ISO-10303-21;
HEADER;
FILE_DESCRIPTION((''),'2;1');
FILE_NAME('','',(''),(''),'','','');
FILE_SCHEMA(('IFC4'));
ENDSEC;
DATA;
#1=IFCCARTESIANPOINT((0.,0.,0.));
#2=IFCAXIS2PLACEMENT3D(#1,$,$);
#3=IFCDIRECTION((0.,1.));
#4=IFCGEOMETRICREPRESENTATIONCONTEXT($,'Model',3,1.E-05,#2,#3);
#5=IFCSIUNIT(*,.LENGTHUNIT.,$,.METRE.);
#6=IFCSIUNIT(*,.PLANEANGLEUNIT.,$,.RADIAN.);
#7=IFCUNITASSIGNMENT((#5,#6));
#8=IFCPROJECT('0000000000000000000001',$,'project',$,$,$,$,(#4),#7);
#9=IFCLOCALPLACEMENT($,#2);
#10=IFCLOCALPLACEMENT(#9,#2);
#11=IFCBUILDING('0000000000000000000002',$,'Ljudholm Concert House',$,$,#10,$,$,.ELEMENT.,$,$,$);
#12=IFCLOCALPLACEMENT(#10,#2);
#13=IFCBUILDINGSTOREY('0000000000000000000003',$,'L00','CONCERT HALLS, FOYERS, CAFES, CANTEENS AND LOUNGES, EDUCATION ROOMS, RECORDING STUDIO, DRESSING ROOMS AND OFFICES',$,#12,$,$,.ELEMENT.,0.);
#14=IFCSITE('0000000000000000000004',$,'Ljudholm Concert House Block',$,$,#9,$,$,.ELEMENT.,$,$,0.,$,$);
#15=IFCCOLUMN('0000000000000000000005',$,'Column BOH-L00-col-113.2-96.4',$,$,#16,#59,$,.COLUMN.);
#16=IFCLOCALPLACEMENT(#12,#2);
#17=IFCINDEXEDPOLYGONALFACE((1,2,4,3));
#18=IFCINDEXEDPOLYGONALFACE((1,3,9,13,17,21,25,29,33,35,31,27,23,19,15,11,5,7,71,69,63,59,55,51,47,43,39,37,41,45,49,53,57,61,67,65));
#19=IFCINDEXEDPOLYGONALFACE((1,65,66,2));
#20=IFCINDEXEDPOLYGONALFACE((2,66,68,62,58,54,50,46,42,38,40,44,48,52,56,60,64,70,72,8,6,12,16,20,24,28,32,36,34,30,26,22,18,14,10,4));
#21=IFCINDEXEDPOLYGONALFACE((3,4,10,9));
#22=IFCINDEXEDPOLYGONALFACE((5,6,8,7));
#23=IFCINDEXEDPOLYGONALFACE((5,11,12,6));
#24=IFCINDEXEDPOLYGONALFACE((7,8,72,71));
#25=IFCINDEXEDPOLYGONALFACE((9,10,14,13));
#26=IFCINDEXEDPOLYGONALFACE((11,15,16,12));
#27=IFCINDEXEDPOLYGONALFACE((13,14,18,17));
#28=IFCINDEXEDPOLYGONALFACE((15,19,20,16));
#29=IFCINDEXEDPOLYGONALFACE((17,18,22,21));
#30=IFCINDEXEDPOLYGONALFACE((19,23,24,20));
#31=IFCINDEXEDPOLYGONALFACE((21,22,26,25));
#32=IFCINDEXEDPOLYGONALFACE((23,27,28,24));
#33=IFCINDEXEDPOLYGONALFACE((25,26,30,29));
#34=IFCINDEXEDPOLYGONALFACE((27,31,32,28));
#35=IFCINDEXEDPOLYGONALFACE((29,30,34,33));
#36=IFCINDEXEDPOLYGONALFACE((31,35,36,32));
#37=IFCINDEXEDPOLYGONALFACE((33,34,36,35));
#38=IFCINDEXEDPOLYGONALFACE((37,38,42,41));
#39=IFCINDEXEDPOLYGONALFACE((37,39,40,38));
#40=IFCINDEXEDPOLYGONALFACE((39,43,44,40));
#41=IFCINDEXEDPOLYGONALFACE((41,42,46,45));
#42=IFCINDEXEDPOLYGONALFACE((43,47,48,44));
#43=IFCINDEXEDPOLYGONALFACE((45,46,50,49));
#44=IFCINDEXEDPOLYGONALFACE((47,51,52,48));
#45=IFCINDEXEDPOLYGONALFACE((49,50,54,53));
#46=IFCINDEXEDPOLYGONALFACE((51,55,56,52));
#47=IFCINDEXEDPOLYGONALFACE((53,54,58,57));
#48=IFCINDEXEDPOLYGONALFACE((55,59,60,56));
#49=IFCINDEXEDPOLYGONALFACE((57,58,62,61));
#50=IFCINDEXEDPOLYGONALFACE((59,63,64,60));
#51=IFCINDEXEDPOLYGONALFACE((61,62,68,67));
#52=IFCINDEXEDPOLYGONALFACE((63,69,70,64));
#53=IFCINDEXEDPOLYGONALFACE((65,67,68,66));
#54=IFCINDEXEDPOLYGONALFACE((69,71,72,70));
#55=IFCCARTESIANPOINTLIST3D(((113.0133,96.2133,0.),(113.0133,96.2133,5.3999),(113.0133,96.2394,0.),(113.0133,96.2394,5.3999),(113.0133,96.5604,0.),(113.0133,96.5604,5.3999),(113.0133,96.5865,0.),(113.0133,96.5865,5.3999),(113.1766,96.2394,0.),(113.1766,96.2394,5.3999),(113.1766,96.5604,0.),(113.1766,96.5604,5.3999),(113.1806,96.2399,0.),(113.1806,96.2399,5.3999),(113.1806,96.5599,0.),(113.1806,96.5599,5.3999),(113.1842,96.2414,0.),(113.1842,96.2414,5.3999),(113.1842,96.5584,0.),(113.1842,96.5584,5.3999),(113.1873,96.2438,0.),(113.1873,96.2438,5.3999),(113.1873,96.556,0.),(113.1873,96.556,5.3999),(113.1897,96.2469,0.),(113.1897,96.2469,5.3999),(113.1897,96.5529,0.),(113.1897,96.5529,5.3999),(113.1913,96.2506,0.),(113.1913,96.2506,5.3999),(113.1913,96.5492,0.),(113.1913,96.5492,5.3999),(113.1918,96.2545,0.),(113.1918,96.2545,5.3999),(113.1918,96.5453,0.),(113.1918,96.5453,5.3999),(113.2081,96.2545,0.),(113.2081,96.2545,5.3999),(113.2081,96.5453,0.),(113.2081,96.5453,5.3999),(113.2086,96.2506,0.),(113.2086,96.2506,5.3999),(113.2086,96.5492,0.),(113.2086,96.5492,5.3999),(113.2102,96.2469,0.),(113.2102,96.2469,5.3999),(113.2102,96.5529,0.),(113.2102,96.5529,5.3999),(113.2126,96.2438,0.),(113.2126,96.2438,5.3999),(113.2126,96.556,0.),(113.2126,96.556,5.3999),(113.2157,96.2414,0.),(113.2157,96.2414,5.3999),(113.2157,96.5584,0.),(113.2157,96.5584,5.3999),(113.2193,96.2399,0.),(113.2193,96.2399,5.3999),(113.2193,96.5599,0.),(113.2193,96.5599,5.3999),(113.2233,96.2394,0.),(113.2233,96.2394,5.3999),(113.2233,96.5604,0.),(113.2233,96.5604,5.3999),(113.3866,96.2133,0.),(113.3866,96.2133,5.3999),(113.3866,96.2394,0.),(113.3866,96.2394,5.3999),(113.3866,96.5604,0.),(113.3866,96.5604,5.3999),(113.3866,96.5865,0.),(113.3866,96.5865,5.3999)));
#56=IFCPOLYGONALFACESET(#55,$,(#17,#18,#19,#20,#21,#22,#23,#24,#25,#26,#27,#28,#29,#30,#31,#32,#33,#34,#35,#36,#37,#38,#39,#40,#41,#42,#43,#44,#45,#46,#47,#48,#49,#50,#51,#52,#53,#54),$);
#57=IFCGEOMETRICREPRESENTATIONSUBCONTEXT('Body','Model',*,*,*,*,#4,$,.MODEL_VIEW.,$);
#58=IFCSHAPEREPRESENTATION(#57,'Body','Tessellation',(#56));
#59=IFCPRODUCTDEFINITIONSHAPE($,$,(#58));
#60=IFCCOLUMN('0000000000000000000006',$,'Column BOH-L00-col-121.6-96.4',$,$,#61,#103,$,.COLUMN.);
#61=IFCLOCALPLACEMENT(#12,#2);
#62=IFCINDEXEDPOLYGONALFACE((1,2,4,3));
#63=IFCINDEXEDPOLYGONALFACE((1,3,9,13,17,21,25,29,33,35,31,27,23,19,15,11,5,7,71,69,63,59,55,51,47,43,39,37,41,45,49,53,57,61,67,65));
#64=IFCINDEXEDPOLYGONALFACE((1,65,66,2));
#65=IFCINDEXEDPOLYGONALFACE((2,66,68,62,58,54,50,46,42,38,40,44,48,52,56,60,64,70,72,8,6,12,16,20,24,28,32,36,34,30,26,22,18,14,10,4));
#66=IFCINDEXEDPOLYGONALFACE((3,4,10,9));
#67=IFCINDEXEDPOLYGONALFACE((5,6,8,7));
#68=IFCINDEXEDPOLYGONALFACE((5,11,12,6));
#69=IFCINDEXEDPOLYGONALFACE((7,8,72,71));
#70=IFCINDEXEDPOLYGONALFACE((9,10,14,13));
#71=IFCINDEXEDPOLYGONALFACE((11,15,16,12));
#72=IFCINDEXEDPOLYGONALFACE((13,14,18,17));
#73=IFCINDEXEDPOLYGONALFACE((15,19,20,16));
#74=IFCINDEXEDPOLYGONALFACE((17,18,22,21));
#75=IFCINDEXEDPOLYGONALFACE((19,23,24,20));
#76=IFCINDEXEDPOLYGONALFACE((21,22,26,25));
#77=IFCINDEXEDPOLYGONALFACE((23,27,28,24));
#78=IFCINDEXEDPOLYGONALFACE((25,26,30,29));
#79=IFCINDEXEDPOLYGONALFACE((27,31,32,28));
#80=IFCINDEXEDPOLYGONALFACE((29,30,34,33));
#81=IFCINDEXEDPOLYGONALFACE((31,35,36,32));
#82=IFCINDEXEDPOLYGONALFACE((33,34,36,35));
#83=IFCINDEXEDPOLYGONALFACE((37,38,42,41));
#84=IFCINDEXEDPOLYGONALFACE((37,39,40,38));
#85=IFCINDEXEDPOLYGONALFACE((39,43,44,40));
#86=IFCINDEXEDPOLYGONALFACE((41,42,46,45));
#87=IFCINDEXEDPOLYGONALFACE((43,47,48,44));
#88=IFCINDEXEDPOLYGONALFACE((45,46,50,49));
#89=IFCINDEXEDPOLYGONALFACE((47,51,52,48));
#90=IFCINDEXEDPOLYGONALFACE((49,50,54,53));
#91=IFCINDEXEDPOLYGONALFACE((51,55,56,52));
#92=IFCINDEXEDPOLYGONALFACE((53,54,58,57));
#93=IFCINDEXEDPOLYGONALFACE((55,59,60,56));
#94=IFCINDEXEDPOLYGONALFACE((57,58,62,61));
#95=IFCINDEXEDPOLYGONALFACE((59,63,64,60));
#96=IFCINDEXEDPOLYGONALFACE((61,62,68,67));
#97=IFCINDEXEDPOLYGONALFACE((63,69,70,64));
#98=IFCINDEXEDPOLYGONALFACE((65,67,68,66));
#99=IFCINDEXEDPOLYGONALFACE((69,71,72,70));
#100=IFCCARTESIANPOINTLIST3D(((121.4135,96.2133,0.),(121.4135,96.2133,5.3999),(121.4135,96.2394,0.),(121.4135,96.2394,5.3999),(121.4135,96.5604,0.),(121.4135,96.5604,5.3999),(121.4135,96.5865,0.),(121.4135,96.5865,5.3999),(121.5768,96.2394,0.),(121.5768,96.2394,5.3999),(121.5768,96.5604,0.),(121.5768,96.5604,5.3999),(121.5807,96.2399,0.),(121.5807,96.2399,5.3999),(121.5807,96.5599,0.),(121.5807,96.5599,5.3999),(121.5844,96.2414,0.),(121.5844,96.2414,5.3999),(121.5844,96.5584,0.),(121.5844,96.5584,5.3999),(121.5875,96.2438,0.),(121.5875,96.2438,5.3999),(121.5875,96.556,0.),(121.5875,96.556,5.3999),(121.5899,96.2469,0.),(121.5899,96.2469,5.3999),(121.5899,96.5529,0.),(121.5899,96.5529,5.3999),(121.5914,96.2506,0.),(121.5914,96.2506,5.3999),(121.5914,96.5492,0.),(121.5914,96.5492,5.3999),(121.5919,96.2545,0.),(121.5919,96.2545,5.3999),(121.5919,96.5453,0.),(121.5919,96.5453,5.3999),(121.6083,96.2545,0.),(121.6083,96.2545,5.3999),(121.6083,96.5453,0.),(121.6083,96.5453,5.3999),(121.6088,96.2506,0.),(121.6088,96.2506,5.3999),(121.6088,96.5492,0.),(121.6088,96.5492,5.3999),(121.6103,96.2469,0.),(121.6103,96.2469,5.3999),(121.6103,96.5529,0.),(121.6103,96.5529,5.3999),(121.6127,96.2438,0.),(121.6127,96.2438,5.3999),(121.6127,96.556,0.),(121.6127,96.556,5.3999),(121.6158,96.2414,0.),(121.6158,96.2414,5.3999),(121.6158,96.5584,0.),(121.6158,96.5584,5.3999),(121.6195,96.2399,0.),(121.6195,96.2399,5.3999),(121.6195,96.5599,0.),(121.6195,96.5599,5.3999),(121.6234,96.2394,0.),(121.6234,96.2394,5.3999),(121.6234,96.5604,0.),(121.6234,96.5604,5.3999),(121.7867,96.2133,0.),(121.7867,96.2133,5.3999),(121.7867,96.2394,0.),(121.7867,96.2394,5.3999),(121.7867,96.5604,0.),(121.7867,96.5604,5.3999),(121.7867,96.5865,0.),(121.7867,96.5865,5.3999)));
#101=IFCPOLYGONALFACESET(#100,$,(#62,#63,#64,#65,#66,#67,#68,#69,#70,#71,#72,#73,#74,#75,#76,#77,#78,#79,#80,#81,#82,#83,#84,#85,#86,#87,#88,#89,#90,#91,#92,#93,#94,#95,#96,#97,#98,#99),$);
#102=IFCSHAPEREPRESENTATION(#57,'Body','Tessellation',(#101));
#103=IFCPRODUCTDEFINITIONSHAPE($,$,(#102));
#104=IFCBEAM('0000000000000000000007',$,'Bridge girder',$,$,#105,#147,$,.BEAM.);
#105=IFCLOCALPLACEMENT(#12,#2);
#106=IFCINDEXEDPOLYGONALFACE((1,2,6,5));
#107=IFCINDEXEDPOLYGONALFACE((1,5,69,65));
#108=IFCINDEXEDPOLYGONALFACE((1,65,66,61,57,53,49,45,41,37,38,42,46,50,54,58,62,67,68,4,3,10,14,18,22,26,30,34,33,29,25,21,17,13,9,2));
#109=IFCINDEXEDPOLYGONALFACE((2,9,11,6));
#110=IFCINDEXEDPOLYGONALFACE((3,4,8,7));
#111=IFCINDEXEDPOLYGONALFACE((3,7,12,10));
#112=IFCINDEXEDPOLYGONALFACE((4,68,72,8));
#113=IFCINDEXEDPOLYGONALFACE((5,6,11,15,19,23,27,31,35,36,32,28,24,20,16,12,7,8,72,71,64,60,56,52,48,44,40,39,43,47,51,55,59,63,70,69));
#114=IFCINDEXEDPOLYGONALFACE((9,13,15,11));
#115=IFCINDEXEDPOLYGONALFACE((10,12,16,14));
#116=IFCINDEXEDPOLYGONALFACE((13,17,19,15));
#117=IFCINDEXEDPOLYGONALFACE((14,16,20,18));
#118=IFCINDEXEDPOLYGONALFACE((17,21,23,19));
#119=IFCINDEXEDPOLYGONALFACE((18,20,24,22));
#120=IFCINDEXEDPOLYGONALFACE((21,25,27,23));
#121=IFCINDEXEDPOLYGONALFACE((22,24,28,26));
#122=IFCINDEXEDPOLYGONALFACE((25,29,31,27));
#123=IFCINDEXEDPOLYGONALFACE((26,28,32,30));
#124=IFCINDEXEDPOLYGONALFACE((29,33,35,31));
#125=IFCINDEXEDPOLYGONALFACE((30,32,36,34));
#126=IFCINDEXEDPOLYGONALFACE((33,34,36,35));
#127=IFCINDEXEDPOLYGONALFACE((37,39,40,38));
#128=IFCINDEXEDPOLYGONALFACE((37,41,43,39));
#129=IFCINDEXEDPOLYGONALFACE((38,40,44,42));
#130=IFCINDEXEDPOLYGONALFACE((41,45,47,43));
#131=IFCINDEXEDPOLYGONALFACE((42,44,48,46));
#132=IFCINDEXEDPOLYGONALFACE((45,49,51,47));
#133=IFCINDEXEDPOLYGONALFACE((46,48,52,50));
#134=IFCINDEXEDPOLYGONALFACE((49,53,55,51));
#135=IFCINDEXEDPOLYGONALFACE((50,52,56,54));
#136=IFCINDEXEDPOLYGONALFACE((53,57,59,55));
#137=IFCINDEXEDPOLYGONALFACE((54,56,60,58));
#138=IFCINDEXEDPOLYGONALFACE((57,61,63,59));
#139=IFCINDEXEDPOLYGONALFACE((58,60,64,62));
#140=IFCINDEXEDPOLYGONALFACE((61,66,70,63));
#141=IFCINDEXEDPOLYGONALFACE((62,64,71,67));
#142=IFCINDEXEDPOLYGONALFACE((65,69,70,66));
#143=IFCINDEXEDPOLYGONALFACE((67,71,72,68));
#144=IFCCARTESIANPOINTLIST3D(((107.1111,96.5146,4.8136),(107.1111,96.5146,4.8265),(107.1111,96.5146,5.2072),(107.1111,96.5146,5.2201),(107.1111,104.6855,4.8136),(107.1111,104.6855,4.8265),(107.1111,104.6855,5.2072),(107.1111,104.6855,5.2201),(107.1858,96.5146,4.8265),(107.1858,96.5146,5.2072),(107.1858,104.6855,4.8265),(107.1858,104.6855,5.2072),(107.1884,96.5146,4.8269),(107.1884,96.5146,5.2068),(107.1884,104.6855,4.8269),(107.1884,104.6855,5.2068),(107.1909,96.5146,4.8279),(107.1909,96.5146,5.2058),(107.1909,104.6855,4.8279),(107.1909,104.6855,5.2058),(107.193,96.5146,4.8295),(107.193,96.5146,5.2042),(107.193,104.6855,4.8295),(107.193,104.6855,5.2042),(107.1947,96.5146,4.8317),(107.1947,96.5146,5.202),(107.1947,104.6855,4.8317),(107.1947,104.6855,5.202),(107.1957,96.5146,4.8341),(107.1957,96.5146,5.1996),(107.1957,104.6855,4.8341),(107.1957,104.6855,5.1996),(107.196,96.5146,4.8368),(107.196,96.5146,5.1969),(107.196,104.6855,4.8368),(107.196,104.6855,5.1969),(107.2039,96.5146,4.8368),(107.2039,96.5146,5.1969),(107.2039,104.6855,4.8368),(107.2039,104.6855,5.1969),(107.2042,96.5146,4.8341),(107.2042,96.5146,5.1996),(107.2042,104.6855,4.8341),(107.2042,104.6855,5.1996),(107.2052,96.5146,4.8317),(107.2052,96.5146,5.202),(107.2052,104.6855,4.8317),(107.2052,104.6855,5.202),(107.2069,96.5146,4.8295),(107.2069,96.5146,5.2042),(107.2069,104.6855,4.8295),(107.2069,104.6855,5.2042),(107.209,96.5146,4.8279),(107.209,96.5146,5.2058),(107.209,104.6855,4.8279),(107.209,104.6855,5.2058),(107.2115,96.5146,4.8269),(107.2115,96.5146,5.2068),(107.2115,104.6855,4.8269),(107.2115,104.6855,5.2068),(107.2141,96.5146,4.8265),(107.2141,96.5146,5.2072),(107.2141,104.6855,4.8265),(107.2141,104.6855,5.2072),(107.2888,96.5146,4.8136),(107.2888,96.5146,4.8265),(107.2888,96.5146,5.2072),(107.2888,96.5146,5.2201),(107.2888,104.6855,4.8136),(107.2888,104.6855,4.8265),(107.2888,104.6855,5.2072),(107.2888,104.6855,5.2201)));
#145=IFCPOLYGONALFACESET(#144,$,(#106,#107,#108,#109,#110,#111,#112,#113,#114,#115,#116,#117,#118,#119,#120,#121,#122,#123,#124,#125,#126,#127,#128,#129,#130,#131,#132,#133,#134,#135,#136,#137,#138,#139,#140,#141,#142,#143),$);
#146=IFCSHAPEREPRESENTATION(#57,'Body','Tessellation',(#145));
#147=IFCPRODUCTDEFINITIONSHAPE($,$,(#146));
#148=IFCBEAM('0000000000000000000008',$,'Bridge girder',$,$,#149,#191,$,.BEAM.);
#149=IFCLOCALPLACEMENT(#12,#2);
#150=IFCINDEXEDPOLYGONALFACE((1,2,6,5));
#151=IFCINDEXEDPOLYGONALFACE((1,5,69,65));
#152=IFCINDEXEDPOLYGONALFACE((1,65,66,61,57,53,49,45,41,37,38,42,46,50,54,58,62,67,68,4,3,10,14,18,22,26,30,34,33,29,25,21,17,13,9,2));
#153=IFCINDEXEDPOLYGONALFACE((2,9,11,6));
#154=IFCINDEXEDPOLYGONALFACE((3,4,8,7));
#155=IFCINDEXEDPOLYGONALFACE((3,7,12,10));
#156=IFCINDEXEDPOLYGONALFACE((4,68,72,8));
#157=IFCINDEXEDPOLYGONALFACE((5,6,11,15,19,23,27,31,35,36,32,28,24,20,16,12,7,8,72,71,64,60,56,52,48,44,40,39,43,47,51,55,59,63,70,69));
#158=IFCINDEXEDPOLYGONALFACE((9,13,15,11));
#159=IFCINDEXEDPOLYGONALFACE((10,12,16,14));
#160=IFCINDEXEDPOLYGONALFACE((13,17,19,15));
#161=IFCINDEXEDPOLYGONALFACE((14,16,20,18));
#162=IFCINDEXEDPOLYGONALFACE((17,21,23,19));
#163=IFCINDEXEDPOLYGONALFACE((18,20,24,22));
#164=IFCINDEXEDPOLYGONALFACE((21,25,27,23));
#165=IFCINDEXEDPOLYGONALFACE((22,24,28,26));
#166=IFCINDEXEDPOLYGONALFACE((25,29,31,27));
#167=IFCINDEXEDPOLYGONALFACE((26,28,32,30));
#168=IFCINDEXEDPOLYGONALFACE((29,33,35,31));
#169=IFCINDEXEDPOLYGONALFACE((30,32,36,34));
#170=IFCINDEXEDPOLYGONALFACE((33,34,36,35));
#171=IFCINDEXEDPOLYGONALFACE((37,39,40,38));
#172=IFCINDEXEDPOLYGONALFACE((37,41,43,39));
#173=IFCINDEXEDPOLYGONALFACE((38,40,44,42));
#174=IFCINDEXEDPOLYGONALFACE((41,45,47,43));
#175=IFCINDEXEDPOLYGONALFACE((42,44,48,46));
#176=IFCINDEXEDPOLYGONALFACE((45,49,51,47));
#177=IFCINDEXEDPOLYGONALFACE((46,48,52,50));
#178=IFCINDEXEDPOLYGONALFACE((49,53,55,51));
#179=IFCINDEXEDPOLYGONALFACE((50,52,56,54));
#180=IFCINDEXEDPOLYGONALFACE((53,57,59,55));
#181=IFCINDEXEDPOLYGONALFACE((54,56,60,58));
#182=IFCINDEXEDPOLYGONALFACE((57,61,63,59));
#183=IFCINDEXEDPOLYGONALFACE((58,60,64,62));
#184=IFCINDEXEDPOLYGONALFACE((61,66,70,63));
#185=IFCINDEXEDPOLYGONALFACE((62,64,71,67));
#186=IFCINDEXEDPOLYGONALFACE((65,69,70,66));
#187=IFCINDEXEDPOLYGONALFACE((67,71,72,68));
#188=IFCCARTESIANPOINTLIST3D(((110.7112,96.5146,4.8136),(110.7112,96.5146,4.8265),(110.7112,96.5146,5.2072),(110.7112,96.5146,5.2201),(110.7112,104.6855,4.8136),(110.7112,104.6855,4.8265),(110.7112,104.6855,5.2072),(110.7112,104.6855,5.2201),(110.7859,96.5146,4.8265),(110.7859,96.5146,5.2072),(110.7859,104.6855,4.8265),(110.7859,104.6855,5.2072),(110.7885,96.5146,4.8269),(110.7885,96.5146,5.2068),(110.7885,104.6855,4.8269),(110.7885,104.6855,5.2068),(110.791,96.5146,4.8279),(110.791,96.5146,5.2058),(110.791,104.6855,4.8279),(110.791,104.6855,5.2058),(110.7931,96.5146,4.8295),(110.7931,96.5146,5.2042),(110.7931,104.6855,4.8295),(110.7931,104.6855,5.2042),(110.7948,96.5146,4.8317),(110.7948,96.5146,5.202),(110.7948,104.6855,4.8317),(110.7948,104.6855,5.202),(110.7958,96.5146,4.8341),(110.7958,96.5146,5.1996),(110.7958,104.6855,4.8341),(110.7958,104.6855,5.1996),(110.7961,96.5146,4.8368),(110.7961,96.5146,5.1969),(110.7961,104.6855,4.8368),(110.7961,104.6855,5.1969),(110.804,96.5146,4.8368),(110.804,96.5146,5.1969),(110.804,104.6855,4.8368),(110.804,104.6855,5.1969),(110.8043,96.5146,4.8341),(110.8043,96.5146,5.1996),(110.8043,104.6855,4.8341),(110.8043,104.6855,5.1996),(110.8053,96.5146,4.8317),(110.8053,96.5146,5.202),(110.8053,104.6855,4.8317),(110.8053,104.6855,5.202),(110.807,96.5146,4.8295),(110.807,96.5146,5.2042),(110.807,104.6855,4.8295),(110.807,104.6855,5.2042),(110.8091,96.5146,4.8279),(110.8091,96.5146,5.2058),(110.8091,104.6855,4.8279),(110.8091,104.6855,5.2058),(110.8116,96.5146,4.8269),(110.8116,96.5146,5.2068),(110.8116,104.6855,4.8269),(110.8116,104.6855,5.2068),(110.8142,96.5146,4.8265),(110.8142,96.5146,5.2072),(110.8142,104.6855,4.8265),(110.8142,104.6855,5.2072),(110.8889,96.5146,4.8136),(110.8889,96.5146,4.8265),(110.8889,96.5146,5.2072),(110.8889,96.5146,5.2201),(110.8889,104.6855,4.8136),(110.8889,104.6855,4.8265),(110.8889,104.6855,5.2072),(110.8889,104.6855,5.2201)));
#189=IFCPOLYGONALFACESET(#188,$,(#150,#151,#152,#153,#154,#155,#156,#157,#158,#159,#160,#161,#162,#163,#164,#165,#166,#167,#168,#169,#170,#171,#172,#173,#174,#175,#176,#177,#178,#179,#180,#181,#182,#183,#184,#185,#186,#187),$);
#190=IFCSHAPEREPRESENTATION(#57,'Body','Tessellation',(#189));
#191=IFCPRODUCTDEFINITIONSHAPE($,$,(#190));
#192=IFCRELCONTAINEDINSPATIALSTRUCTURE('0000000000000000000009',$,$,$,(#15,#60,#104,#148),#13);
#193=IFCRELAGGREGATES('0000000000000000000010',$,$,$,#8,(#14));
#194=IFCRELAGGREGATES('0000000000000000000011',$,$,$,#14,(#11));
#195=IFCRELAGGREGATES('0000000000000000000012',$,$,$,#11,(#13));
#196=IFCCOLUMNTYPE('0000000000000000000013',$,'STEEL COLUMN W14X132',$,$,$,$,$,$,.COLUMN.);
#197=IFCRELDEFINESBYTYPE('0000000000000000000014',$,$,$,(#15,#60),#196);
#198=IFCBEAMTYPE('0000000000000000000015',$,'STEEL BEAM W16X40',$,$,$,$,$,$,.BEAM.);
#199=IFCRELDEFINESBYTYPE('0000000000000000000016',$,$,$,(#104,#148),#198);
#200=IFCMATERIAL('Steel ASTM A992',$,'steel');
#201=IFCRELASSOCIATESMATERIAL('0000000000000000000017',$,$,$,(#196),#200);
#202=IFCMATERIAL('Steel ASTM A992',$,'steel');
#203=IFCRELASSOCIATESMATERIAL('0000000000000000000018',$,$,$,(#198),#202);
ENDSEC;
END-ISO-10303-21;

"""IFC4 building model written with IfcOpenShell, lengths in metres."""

from ifc_helpers import new_model, si_unit, direction, frame, origin, origin_2d, place, context, subcontext, project, spatial, i_section, extrude, material, material_profile, profile_set, type_object, element, save


model = new_model("IFC4")

# Units and contexts
model_context = context("Model", 3, precision=1e-05, world=origin(), true_north=direction((0.0, 1.0)))
body_context = subcontext(model_context, "Body", "Model", "MODEL_VIEW")
ifc_project = project(units=[si_unit("LENGTHUNIT", "METRE"), si_unit("PLANEANGLEUNIT", "RADIAN")], contexts=[model_context])

# Site, building, storey
site_placement = place(None, origin())
site = spatial("IfcSite", under=ifc_project, at=site_placement, Name="Ljudholm Concert House Block", CompositionType="ELEMENT", RefElevation=0.0)
building_placement = place(site_placement, origin())
building = spatial("IfcBuilding", under=site, at=building_placement, Name="Ljudholm Concert House", CompositionType="ELEMENT")
storey_placement = place(building_placement, origin())
storey = spatial("IfcBuildingStorey", under=building, at=storey_placement, Name="L00", Description="CONCERT HALLS, FOYERS, CAFES, CANTEENS AND LOUNGES, EDUCATION ROOMS, RECORDING STUDIO, DRESSING ROOMS AND OFFICES", CompositionType="ELEMENT", Elevation=0.0)

# Columns
ifc_material_1 = material(Name="Steel ASTM A992", Category="steel")
ifc_material_profile_1 = material_profile(ifc_material_1, i_section(OverallWidth=0.3733, OverallDepth=0.3733, WebThickness=0.0164, FlangeThickness=0.0261, FilletRadius=0.0151, at=origin_2d()), Name="W14X132")
ifc_profile_set_1 = profile_set([ifc_material_profile_1], Name="Steel ASTM A992")
column_type = type_object("IfcColumnType", Name="STEEL COLUMN W14X132", PredefinedType="COLUMN", material=ifc_profile_set_1)
for number, where, z_axis, x_axis, name in (
    (1, (113.2, 96.3999, 0.0), (0.0, 0.0, 1.0), (1.0, 0.0, 0.0), "Column BOH-L00-col-113.2-96.4"),
    (2, (121.6001, 96.3999, 0.0), (0.0, 0.0, 1.0), (1.0, 0.0, 0.0), "Column BOH-L00-col-121.6-96.4"),
):
    element("IfcColumn", number, at=place(storey_placement, frame(where, z_axis=z_axis, x_axis=x_axis)), inside=storey, type_object=column_type, Name=name, PredefinedType="COLUMN", context=body_context, shape_type="SweptSolid", body=[
        extrude(i_section(OverallWidth=0.3733, OverallDepth=0.3733, WebThickness=0.0164, FlangeThickness=0.0261, FilletRadius=0.0151, at=origin_2d()), origin(), (0.0, 0.0, 1.0), 5.3999),
    ])

# Beams
ifc_material_2 = material(Name="Steel ASTM A992", Category="steel")
ifc_material_profile_2 = material_profile(ifc_material_2, i_section(OverallWidth=0.1777, OverallDepth=0.4065, WebThickness=0.0078, FlangeThickness=0.0129, FilletRadius=0.0103, at=origin_2d()), Name="W16X40")
ifc_profile_set_2 = profile_set([ifc_material_profile_2], Name="Steel ASTM A992")
beam_type_1 = type_object("IfcBeamType", Name="STEEL BEAM W16X40", PredefinedType="BEAM", material=ifc_profile_set_2)
for number, where, z_axis, x_axis, name in (
    (3, (107.2, 96.5146, 5.0168), (0.0, 1.0, 0.0), (-1.0, 0.0, 0.0), "Bridge girder"),
    (4, (110.8, 96.5146, 5.0168), (0.0, 1.0, 0.0), (-1.0, 0.0, 0.0), "Bridge girder"),
):
    element("IfcBeam", number, at=place(storey_placement, frame(where, z_axis=z_axis, x_axis=x_axis)), inside=storey, type_object=beam_type_1, Name=name, PredefinedType="BEAM", context=body_context, shape_type="SweptSolid", body=[
        extrude(i_section(OverallWidth=0.1777, OverallDepth=0.4065, WebThickness=0.0078, FlangeThickness=0.0129, FilletRadius=0.0103, at=origin_2d()), origin(), (0.0, 0.0, 1.0), 8.1709),
    ])

save(model, "model.ifc")
